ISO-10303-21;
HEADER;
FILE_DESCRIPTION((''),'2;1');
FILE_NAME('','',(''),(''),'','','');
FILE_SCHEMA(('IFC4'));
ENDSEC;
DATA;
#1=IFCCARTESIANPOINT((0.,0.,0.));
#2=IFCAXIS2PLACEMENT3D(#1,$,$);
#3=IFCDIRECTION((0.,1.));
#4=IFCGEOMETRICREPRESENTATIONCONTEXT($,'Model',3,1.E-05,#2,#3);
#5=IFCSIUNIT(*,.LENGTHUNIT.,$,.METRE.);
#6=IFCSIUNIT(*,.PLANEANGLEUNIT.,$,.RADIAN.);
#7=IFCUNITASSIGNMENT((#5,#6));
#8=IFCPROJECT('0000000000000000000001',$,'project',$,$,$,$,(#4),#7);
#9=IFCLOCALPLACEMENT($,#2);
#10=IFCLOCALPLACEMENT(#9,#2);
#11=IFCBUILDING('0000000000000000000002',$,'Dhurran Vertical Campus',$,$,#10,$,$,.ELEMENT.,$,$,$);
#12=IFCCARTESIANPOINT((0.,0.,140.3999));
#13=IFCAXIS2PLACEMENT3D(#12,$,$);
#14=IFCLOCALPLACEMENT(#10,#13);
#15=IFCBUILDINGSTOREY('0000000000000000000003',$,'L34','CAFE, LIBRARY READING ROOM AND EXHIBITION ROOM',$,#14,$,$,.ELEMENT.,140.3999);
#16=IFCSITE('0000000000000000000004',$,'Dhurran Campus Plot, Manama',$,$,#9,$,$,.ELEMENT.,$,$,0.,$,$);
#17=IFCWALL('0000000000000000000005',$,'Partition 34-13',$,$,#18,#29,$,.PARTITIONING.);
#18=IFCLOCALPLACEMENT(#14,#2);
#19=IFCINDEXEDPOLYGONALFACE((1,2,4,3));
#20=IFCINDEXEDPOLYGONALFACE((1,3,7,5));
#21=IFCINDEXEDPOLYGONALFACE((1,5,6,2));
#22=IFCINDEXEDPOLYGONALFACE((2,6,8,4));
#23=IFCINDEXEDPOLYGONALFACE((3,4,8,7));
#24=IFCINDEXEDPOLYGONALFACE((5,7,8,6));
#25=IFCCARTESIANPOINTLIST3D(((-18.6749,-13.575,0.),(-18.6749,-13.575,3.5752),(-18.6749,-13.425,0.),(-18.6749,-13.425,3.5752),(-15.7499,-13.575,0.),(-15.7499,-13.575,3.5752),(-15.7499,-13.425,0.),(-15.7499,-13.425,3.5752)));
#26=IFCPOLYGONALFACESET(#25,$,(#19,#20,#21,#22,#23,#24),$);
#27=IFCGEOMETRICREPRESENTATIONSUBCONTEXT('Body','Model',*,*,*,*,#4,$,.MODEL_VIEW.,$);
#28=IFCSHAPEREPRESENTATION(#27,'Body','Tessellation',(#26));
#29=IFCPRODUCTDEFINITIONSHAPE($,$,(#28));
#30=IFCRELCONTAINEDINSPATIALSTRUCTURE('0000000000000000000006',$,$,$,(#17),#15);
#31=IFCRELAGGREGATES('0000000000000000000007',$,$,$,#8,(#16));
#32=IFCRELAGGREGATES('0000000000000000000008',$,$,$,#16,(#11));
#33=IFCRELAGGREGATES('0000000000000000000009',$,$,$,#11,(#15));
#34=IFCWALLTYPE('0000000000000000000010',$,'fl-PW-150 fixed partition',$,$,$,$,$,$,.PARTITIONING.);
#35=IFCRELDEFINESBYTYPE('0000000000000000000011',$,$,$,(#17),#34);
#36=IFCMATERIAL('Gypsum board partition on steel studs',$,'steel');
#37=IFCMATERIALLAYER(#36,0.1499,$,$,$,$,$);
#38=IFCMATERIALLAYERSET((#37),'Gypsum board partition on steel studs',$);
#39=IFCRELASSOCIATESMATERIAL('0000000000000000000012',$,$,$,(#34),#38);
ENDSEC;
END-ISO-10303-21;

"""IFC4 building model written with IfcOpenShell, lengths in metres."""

from ifc_helpers import new_model, si_unit, direction, frame, frame_2d, origin, place, context, subcontext, project, spatial, rectangle, extrude, material, layer, layer_set, type_object, element, save


model = new_model("IFC4")

# Units and contexts
model_context = context("Model", 3, precision=1e-05, world=origin(), true_north=direction((0.0, 1.0)))
body_context = subcontext(model_context, "Body", "Model", "MODEL_VIEW")
ifc_project = project(units=[si_unit("LENGTHUNIT", "METRE"), si_unit("PLANEANGLEUNIT", "RADIAN")], contexts=[model_context])

# Site, building, storey
site_placement = place(None, origin())
site = spatial("IfcSite", under=ifc_project, at=site_placement, Name="Dhurran Campus Plot, Manama", CompositionType="ELEMENT", RefElevation=0.0)
building_placement = place(site_placement, origin())
building = spatial("IfcBuilding", under=site, at=building_placement, Name="Dhurran Vertical Campus", CompositionType="ELEMENT")
storey_placement = place(building_placement, frame((0.0, 0.0, 140.3999)))
storey = spatial("IfcBuildingStorey", under=building, at=storey_placement, Name="L34", Description="CAFE, LIBRARY READING ROOM AND EXHIBITION ROOM", CompositionType="ELEMENT", Elevation=140.3999)

# Wall
ifc_material_1 = material(Name="Gypsum board partition on steel studs", Category="steel")
ifc_layer_1 = layer(ifc_material_1, 0.1499)
ifc_layer_set_1 = layer_set([ifc_layer_1], Name="Gypsum board partition on steel studs")
wall_type_1 = type_object("IfcWallType", Name="fl-PW-150 fixed partition", PredefinedType="PARTITIONING", material=ifc_layer_set_1)
wall_1_placement = place(storey_placement, frame((-15.75, -13.5, 0.0), z_axis=(0.0, 0.0, 1.0), x_axis=(-1.0, 0.0, 0.0)))
element("IfcWall", 1, at=wall_1_placement, inside=storey, type_object=wall_type_1, Name="Partition 34-13", PredefinedType="PARTITIONING", context=body_context, shape_type="SweptSolid", body=[
    extrude(rectangle(XDim=2.925, YDim=0.1499, at=frame_2d((1.4624, 0.0))), origin(), (0.0, 0.0, 1.0), 3.5752),
])

save(model, "model.ifc")
